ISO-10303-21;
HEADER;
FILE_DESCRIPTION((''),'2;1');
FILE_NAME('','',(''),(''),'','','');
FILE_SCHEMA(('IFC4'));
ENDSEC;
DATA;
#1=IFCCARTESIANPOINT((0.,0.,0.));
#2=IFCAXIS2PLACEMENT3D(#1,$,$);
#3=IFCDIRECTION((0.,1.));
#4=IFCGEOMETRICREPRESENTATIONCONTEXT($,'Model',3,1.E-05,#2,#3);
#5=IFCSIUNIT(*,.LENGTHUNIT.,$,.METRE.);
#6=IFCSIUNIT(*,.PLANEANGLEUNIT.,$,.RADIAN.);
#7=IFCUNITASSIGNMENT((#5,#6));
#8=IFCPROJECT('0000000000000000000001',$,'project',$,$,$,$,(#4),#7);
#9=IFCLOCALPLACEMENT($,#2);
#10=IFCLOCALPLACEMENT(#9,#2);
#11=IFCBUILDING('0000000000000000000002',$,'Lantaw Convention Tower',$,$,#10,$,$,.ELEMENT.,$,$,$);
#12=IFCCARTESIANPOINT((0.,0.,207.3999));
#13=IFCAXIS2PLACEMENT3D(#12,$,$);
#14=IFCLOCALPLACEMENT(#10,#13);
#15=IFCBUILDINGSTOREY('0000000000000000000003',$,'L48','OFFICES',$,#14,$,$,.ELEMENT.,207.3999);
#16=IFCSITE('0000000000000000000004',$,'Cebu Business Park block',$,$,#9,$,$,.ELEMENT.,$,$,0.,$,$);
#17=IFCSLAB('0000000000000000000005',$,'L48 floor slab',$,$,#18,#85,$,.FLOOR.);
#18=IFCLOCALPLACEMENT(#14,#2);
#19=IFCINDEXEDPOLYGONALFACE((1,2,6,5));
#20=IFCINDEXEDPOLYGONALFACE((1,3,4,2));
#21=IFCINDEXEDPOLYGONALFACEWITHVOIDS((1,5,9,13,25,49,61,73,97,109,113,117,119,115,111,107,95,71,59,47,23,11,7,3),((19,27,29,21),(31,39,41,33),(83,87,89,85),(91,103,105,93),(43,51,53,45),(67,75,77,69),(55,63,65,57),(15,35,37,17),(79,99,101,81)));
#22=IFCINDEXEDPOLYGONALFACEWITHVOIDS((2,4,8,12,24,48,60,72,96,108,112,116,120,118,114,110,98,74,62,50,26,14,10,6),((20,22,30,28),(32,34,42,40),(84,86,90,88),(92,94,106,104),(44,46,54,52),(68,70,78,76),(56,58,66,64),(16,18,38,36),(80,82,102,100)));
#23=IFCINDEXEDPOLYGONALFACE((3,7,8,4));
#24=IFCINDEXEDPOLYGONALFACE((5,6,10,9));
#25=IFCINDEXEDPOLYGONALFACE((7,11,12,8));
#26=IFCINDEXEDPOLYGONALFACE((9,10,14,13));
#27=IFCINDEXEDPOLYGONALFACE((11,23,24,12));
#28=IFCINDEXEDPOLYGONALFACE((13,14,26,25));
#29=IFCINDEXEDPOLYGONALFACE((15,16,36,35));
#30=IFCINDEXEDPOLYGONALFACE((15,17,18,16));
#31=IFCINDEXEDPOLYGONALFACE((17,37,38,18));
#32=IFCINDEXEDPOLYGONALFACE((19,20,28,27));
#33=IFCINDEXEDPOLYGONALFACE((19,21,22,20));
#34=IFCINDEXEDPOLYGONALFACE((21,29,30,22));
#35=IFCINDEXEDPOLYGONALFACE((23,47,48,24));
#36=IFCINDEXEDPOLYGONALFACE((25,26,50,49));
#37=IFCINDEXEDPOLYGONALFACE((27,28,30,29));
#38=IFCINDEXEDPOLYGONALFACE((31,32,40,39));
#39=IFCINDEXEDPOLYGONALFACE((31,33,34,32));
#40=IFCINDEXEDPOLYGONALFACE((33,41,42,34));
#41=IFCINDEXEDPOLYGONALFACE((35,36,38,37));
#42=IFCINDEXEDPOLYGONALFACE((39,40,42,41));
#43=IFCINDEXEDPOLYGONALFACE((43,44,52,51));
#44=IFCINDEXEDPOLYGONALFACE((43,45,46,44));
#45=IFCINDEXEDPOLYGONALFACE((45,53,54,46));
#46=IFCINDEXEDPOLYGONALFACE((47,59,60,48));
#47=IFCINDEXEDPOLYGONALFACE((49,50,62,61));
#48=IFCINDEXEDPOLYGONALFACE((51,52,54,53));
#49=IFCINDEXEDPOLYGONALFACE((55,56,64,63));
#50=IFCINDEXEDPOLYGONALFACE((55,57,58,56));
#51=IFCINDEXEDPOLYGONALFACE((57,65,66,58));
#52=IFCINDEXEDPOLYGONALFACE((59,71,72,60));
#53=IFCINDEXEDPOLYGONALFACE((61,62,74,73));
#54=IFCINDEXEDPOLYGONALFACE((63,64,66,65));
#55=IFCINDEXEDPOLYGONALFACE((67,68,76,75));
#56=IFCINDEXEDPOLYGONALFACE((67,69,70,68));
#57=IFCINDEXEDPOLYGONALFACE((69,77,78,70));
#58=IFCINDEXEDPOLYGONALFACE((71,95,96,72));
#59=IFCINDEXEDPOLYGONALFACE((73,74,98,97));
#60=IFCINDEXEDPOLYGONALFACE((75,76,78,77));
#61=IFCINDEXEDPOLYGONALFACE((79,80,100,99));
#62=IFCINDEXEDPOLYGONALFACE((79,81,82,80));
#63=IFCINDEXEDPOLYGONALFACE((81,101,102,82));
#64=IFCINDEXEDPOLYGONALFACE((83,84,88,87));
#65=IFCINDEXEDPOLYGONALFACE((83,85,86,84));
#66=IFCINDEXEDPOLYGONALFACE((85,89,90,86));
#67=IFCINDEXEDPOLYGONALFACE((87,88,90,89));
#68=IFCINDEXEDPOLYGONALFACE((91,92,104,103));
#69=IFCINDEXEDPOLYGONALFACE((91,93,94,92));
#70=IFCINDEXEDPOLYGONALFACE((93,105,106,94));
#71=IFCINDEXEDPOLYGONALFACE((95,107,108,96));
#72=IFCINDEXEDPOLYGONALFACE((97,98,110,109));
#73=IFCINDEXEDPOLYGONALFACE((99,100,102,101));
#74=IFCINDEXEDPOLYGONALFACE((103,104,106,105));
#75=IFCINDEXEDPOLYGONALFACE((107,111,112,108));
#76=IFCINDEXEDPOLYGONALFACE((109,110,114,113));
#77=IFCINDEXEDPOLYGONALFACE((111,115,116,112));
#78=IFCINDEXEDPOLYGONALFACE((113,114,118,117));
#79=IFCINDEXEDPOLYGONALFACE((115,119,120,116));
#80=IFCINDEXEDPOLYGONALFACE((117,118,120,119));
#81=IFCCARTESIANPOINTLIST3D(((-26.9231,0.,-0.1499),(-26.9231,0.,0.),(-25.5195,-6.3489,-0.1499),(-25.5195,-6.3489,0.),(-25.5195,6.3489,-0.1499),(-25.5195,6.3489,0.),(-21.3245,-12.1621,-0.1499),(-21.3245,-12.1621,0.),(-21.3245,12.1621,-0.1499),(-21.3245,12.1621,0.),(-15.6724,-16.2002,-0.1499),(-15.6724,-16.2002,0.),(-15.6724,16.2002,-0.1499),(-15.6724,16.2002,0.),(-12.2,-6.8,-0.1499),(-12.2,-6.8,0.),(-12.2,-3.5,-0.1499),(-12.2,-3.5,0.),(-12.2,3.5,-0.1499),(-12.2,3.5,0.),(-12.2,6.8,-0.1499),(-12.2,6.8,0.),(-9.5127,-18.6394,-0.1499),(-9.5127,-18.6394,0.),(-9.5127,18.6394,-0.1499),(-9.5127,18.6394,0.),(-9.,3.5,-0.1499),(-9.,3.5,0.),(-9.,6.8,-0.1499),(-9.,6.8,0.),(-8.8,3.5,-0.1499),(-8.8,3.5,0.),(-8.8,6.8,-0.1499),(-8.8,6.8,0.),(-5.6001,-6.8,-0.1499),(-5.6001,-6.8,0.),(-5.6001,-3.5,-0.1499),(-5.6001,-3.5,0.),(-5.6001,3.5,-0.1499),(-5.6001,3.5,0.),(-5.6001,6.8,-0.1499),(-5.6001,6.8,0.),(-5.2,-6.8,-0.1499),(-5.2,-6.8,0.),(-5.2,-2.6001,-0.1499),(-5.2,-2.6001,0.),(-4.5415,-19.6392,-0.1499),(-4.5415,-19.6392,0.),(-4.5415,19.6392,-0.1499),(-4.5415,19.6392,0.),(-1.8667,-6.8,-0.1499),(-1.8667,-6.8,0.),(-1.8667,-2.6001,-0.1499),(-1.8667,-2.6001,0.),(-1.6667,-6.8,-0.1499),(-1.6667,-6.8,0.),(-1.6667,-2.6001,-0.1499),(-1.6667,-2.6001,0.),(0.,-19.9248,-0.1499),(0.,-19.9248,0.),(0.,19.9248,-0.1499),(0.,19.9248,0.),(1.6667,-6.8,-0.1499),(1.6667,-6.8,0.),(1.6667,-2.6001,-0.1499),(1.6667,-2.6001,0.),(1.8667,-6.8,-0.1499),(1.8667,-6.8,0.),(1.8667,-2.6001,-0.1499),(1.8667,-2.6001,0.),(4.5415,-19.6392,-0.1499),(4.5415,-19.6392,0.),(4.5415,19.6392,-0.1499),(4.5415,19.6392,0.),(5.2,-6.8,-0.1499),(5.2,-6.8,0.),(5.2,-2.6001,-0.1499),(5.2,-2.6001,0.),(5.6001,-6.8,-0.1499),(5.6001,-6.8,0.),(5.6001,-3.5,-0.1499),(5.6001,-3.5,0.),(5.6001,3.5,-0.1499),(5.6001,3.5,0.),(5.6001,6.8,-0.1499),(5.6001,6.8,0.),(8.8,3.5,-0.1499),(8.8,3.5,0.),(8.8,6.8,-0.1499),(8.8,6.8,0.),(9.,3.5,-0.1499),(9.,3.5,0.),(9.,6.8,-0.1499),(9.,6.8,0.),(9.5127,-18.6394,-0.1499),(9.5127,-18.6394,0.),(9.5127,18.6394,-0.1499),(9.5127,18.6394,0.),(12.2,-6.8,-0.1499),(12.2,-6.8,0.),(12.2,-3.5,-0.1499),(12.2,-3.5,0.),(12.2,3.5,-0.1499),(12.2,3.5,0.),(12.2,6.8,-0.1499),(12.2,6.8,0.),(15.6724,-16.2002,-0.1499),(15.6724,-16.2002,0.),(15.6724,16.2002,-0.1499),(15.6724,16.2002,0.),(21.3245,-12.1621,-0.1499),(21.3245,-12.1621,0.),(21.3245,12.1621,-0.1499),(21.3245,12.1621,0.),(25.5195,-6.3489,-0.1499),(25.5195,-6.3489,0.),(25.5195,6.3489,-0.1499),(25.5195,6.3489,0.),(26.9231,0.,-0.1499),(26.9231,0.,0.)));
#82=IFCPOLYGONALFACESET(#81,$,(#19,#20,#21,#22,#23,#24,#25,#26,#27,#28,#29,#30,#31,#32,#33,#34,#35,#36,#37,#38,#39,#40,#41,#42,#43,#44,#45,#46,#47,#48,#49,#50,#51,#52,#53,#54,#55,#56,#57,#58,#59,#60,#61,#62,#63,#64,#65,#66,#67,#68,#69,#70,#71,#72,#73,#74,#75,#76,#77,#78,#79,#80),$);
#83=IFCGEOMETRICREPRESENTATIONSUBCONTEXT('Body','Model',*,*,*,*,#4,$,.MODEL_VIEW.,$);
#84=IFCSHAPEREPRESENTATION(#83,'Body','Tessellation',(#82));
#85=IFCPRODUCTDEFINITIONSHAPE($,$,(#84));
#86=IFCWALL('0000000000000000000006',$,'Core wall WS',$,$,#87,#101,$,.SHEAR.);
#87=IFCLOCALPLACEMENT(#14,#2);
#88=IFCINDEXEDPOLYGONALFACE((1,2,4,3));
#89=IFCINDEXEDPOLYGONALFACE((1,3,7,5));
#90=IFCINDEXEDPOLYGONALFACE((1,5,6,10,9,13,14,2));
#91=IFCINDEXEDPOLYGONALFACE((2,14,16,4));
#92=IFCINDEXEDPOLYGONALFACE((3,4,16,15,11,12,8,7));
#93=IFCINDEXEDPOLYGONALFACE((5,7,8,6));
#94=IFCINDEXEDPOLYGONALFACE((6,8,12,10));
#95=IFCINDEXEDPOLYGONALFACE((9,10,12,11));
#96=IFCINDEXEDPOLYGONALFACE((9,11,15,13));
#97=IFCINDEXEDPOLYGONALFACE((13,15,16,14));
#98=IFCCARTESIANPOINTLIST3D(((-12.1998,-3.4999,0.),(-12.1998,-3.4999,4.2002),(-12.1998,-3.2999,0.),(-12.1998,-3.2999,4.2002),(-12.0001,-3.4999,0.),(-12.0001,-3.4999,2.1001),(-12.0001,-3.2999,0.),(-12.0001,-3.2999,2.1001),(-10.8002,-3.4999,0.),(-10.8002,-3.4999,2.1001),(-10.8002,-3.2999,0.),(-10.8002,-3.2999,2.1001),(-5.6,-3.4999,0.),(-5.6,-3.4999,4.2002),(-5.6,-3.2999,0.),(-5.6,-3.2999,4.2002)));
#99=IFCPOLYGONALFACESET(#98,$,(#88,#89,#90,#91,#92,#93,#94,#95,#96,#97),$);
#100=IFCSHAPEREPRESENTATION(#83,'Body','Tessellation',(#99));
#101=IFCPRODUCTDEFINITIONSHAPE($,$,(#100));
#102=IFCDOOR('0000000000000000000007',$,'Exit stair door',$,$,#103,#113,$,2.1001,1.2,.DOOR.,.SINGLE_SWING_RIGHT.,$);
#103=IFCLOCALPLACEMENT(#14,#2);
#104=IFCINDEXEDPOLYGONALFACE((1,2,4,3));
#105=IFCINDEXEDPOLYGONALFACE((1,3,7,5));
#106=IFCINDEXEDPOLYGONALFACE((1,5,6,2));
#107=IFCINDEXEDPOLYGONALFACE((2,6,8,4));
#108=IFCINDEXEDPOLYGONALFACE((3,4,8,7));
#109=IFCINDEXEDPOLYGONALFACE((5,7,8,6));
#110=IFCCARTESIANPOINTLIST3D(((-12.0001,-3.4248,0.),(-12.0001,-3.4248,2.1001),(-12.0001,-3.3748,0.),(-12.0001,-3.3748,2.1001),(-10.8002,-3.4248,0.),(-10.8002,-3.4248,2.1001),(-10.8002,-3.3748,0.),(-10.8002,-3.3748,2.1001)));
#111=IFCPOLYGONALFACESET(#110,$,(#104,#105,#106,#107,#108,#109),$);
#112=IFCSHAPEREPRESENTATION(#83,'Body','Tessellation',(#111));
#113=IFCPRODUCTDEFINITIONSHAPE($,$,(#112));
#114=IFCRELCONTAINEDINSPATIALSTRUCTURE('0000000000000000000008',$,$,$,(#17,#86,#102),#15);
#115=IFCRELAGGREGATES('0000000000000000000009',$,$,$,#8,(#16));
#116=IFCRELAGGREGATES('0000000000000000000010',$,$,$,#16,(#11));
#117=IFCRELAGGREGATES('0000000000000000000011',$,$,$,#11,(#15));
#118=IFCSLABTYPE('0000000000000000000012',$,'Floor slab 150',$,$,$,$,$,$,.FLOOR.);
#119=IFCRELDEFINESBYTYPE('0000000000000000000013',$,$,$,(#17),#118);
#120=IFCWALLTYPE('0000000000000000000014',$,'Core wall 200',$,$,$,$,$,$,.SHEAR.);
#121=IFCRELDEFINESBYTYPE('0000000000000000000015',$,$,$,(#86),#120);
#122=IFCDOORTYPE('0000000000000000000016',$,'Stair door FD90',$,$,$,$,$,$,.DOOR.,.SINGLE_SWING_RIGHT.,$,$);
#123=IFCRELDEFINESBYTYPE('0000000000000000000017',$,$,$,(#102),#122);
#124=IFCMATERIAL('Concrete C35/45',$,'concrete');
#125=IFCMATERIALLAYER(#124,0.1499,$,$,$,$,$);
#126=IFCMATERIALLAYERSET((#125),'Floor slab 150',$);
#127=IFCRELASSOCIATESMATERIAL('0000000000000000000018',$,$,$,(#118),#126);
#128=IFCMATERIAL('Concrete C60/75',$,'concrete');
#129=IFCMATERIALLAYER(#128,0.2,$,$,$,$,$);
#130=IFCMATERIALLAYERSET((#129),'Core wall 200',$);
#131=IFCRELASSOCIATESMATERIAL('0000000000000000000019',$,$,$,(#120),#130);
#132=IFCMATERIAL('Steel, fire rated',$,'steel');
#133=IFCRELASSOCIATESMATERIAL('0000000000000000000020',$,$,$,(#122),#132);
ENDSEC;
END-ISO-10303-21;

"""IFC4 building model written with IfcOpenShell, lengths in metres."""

from ifc_helpers import new_model, si_unit, direction, frame, frame_2d, origin, place, context, subcontext, project, spatial, polyline, rectangle, outline, extrude, material, layer, layer_set, type_object, element, fill, save


model = new_model("IFC4")

# Units and contexts
model_context = context("Model", 3, precision=1e-05, world=origin(), true_north=direction((0.0, 1.0)))
body_context = subcontext(model_context, "Body", "Model", "MODEL_VIEW")
ifc_project = project(units=[si_unit("LENGTHUNIT", "METRE"), si_unit("PLANEANGLEUNIT", "RADIAN")], contexts=[model_context])

# Site, building, storey
site_placement = place(None, origin())
site = spatial("IfcSite", under=ifc_project, at=site_placement, Name="Cebu Business Park block", CompositionType="ELEMENT", RefElevation=0.0)
building_placement = place(site_placement, origin())
building = spatial("IfcBuilding", under=site, at=building_placement, Name="Lantaw Convention Tower", CompositionType="ELEMENT")
storey_placement = place(building_placement, frame((0.0, 0.0, 207.3999)))
storey = spatial("IfcBuildingStorey", under=building, at=storey_placement, Name="L48", Description="OFFICES", CompositionType="ELEMENT", Elevation=207.3999)

# Slab
ifc_material_1 = material(Name="Concrete C35/45", Category="concrete")
ifc_layer_1 = layer(ifc_material_1, 0.1499)
ifc_layer_set_1 = layer_set([ifc_layer_1], Name="Floor slab 150")
slab_type = type_object("IfcSlabType", Name="Floor slab 150", PredefinedType="FLOOR", material=ifc_layer_set_1)
slab_placement = place(storey_placement, frame((0.0, 0.0, -0.1499)))
element("IfcSlab", 1, at=slab_placement, inside=storey, type_object=slab_type, Name="L48 floor slab", PredefinedType="FLOOR", context=body_context, shape_type="SweptSolid", body=[
    extrude(outline(polyline([(25.5195, -6.3489), (26.9231, 0.0), (25.5195, 6.3489), (21.3245, 12.1621), (15.6724, 16.2002), (9.5127, 18.6394), (4.5415, 19.6392), (0.0, 19.9248), (-4.5415, 19.6392), (-9.5127, 18.6394), (-15.6724, 16.2002), (-21.3245, 12.1621), (-25.5195, 6.3489), (-26.9231, 0.0), (-25.5195, -6.3489), (-21.3245, -12.1621), (-15.6724, -16.2002), (-9.5127, -18.6394), (-4.5415, -19.6392), (0.0, -19.9248), (4.5415, -19.6392), (9.5127, -18.6394), (15.6724, -16.2002), (21.3245, -12.1621), (25.5195, -6.3489)]), holes=[polyline([(-5.6001, -3.5), (-12.2, -3.5), (-12.2, -6.8), (-5.6001, -6.8), (-5.6001, -3.5)]), polyline([(12.2, -3.5), (5.6001, -3.5), (5.6001, -6.8), (12.2, -6.8), (12.2, -3.5)]), polyline([(-1.8667, -2.6001), (-5.2, -2.6001), (-5.2, -6.8), (-1.8667, -6.8), (-1.8667, -2.6001)]), polyline([(1.6667, -2.6001), (-1.6667, -2.6001), (-1.6667, -6.8), (1.6667, -6.8), (1.6667, -2.6001)]), polyline([(5.2, -2.6001), (1.8667, -2.6001), (1.8667, -6.8), (5.2, -6.8), (5.2, -2.6001)]), polyline([(-9.0, 6.8), (-12.2, 6.8), (-12.2, 3.5), (-9.0, 3.5), (-9.0, 6.8)]), polyline([(-5.6001, 6.8), (-8.8, 6.8), (-8.8, 3.5), (-5.6001, 3.5), (-5.6001, 6.8)]), polyline([(8.8, 3.5), (8.8, 6.8), (5.6001, 6.8), (5.6001, 3.5), (8.8, 3.5)]), polyline([(12.2, 3.5), (12.2, 6.8), (9.0, 6.8), (9.0, 3.5), (12.2, 3.5)])]), origin(), (0.0, 0.0, 1.0), 0.1499),
])

# Wall, opening, door
ifc_material_2 = material(Name="Concrete C60/75", Category="concrete")
ifc_layer_2 = layer(ifc_material_2, 0.2)
ifc_layer_set_2 = layer_set([ifc_layer_2], Name="Core wall 200")
wall_type_1 = type_object("IfcWallType", Name="Core wall 200", PredefinedType="SHEAR", material=ifc_layer_set_2)
wall_1_placement = place(storey_placement, frame((-5.6001, -3.3999, 0.0), z_axis=(0.0, 0.0, 1.0), x_axis=(-1.0, 0.0, 0.0)))
wall_1 = element("IfcWall", 2, at=wall_1_placement, inside=storey, type_object=wall_type_1, Name="Core wall WS", PredefinedType="SHEAR", context=body_context, shape_type="SweptSolid", body=[
    extrude(rectangle(XDim=6.5999, YDim=0.2, at=frame_2d((3.2998, 0.0))), origin(), (0.0, 0.0, 1.0), 4.2002),
])
opening_1_placement = place(wall_1_placement, frame((5.2, 0.0, 0.0)))
opening_1 = element("IfcOpeningElement", 3, at=opening_1_placement, cuts=wall_1, PredefinedType="OPENING", context=body_context, shape_type="SweptSolid", body=[
    extrude(rectangle(XDim=1.2, YDim=2.1001, at=frame_2d((0.6001, 1.05))), frame((0.0, 0.1099, 0.0), z_axis=(0.0, -1.0, 0.0), x_axis=(1.0, 0.0, 0.0)), (0.0, 0.0, 1.0), 0.22),
])
ifc_material_3 = material(Name="Steel, fire rated", Category="steel")
door_type_1 = type_object("IfcDoorType", Name="Stair door FD90", OperationType="SINGLE_SWING_RIGHT", PredefinedType="DOOR", material=ifc_material_3)
door_1_placement = place(opening_1_placement, origin())
door_1 = element("IfcDoor", 4, at=door_1_placement, inside=storey, type_object=door_type_1, Name="Exit stair door", OperationType="SINGLE_SWING_RIGHT", OverallHeight=2.1001, OverallWidth=1.2, PredefinedType="DOOR", context=body_context, shape_type="SweptSolid", body=[
    extrude(rectangle(XDim=1.2, YDim=2.1001, at=frame_2d((0.6001, 1.05))), frame((0.0, 0.0249, 0.0), z_axis=(0.0, -1.0, 0.0), x_axis=(1.0, 0.0, 0.0)), (0.0, 0.0, 1.0), 0.05),
])
fill(opening_1, door_1)

save(model, "model.ifc")
